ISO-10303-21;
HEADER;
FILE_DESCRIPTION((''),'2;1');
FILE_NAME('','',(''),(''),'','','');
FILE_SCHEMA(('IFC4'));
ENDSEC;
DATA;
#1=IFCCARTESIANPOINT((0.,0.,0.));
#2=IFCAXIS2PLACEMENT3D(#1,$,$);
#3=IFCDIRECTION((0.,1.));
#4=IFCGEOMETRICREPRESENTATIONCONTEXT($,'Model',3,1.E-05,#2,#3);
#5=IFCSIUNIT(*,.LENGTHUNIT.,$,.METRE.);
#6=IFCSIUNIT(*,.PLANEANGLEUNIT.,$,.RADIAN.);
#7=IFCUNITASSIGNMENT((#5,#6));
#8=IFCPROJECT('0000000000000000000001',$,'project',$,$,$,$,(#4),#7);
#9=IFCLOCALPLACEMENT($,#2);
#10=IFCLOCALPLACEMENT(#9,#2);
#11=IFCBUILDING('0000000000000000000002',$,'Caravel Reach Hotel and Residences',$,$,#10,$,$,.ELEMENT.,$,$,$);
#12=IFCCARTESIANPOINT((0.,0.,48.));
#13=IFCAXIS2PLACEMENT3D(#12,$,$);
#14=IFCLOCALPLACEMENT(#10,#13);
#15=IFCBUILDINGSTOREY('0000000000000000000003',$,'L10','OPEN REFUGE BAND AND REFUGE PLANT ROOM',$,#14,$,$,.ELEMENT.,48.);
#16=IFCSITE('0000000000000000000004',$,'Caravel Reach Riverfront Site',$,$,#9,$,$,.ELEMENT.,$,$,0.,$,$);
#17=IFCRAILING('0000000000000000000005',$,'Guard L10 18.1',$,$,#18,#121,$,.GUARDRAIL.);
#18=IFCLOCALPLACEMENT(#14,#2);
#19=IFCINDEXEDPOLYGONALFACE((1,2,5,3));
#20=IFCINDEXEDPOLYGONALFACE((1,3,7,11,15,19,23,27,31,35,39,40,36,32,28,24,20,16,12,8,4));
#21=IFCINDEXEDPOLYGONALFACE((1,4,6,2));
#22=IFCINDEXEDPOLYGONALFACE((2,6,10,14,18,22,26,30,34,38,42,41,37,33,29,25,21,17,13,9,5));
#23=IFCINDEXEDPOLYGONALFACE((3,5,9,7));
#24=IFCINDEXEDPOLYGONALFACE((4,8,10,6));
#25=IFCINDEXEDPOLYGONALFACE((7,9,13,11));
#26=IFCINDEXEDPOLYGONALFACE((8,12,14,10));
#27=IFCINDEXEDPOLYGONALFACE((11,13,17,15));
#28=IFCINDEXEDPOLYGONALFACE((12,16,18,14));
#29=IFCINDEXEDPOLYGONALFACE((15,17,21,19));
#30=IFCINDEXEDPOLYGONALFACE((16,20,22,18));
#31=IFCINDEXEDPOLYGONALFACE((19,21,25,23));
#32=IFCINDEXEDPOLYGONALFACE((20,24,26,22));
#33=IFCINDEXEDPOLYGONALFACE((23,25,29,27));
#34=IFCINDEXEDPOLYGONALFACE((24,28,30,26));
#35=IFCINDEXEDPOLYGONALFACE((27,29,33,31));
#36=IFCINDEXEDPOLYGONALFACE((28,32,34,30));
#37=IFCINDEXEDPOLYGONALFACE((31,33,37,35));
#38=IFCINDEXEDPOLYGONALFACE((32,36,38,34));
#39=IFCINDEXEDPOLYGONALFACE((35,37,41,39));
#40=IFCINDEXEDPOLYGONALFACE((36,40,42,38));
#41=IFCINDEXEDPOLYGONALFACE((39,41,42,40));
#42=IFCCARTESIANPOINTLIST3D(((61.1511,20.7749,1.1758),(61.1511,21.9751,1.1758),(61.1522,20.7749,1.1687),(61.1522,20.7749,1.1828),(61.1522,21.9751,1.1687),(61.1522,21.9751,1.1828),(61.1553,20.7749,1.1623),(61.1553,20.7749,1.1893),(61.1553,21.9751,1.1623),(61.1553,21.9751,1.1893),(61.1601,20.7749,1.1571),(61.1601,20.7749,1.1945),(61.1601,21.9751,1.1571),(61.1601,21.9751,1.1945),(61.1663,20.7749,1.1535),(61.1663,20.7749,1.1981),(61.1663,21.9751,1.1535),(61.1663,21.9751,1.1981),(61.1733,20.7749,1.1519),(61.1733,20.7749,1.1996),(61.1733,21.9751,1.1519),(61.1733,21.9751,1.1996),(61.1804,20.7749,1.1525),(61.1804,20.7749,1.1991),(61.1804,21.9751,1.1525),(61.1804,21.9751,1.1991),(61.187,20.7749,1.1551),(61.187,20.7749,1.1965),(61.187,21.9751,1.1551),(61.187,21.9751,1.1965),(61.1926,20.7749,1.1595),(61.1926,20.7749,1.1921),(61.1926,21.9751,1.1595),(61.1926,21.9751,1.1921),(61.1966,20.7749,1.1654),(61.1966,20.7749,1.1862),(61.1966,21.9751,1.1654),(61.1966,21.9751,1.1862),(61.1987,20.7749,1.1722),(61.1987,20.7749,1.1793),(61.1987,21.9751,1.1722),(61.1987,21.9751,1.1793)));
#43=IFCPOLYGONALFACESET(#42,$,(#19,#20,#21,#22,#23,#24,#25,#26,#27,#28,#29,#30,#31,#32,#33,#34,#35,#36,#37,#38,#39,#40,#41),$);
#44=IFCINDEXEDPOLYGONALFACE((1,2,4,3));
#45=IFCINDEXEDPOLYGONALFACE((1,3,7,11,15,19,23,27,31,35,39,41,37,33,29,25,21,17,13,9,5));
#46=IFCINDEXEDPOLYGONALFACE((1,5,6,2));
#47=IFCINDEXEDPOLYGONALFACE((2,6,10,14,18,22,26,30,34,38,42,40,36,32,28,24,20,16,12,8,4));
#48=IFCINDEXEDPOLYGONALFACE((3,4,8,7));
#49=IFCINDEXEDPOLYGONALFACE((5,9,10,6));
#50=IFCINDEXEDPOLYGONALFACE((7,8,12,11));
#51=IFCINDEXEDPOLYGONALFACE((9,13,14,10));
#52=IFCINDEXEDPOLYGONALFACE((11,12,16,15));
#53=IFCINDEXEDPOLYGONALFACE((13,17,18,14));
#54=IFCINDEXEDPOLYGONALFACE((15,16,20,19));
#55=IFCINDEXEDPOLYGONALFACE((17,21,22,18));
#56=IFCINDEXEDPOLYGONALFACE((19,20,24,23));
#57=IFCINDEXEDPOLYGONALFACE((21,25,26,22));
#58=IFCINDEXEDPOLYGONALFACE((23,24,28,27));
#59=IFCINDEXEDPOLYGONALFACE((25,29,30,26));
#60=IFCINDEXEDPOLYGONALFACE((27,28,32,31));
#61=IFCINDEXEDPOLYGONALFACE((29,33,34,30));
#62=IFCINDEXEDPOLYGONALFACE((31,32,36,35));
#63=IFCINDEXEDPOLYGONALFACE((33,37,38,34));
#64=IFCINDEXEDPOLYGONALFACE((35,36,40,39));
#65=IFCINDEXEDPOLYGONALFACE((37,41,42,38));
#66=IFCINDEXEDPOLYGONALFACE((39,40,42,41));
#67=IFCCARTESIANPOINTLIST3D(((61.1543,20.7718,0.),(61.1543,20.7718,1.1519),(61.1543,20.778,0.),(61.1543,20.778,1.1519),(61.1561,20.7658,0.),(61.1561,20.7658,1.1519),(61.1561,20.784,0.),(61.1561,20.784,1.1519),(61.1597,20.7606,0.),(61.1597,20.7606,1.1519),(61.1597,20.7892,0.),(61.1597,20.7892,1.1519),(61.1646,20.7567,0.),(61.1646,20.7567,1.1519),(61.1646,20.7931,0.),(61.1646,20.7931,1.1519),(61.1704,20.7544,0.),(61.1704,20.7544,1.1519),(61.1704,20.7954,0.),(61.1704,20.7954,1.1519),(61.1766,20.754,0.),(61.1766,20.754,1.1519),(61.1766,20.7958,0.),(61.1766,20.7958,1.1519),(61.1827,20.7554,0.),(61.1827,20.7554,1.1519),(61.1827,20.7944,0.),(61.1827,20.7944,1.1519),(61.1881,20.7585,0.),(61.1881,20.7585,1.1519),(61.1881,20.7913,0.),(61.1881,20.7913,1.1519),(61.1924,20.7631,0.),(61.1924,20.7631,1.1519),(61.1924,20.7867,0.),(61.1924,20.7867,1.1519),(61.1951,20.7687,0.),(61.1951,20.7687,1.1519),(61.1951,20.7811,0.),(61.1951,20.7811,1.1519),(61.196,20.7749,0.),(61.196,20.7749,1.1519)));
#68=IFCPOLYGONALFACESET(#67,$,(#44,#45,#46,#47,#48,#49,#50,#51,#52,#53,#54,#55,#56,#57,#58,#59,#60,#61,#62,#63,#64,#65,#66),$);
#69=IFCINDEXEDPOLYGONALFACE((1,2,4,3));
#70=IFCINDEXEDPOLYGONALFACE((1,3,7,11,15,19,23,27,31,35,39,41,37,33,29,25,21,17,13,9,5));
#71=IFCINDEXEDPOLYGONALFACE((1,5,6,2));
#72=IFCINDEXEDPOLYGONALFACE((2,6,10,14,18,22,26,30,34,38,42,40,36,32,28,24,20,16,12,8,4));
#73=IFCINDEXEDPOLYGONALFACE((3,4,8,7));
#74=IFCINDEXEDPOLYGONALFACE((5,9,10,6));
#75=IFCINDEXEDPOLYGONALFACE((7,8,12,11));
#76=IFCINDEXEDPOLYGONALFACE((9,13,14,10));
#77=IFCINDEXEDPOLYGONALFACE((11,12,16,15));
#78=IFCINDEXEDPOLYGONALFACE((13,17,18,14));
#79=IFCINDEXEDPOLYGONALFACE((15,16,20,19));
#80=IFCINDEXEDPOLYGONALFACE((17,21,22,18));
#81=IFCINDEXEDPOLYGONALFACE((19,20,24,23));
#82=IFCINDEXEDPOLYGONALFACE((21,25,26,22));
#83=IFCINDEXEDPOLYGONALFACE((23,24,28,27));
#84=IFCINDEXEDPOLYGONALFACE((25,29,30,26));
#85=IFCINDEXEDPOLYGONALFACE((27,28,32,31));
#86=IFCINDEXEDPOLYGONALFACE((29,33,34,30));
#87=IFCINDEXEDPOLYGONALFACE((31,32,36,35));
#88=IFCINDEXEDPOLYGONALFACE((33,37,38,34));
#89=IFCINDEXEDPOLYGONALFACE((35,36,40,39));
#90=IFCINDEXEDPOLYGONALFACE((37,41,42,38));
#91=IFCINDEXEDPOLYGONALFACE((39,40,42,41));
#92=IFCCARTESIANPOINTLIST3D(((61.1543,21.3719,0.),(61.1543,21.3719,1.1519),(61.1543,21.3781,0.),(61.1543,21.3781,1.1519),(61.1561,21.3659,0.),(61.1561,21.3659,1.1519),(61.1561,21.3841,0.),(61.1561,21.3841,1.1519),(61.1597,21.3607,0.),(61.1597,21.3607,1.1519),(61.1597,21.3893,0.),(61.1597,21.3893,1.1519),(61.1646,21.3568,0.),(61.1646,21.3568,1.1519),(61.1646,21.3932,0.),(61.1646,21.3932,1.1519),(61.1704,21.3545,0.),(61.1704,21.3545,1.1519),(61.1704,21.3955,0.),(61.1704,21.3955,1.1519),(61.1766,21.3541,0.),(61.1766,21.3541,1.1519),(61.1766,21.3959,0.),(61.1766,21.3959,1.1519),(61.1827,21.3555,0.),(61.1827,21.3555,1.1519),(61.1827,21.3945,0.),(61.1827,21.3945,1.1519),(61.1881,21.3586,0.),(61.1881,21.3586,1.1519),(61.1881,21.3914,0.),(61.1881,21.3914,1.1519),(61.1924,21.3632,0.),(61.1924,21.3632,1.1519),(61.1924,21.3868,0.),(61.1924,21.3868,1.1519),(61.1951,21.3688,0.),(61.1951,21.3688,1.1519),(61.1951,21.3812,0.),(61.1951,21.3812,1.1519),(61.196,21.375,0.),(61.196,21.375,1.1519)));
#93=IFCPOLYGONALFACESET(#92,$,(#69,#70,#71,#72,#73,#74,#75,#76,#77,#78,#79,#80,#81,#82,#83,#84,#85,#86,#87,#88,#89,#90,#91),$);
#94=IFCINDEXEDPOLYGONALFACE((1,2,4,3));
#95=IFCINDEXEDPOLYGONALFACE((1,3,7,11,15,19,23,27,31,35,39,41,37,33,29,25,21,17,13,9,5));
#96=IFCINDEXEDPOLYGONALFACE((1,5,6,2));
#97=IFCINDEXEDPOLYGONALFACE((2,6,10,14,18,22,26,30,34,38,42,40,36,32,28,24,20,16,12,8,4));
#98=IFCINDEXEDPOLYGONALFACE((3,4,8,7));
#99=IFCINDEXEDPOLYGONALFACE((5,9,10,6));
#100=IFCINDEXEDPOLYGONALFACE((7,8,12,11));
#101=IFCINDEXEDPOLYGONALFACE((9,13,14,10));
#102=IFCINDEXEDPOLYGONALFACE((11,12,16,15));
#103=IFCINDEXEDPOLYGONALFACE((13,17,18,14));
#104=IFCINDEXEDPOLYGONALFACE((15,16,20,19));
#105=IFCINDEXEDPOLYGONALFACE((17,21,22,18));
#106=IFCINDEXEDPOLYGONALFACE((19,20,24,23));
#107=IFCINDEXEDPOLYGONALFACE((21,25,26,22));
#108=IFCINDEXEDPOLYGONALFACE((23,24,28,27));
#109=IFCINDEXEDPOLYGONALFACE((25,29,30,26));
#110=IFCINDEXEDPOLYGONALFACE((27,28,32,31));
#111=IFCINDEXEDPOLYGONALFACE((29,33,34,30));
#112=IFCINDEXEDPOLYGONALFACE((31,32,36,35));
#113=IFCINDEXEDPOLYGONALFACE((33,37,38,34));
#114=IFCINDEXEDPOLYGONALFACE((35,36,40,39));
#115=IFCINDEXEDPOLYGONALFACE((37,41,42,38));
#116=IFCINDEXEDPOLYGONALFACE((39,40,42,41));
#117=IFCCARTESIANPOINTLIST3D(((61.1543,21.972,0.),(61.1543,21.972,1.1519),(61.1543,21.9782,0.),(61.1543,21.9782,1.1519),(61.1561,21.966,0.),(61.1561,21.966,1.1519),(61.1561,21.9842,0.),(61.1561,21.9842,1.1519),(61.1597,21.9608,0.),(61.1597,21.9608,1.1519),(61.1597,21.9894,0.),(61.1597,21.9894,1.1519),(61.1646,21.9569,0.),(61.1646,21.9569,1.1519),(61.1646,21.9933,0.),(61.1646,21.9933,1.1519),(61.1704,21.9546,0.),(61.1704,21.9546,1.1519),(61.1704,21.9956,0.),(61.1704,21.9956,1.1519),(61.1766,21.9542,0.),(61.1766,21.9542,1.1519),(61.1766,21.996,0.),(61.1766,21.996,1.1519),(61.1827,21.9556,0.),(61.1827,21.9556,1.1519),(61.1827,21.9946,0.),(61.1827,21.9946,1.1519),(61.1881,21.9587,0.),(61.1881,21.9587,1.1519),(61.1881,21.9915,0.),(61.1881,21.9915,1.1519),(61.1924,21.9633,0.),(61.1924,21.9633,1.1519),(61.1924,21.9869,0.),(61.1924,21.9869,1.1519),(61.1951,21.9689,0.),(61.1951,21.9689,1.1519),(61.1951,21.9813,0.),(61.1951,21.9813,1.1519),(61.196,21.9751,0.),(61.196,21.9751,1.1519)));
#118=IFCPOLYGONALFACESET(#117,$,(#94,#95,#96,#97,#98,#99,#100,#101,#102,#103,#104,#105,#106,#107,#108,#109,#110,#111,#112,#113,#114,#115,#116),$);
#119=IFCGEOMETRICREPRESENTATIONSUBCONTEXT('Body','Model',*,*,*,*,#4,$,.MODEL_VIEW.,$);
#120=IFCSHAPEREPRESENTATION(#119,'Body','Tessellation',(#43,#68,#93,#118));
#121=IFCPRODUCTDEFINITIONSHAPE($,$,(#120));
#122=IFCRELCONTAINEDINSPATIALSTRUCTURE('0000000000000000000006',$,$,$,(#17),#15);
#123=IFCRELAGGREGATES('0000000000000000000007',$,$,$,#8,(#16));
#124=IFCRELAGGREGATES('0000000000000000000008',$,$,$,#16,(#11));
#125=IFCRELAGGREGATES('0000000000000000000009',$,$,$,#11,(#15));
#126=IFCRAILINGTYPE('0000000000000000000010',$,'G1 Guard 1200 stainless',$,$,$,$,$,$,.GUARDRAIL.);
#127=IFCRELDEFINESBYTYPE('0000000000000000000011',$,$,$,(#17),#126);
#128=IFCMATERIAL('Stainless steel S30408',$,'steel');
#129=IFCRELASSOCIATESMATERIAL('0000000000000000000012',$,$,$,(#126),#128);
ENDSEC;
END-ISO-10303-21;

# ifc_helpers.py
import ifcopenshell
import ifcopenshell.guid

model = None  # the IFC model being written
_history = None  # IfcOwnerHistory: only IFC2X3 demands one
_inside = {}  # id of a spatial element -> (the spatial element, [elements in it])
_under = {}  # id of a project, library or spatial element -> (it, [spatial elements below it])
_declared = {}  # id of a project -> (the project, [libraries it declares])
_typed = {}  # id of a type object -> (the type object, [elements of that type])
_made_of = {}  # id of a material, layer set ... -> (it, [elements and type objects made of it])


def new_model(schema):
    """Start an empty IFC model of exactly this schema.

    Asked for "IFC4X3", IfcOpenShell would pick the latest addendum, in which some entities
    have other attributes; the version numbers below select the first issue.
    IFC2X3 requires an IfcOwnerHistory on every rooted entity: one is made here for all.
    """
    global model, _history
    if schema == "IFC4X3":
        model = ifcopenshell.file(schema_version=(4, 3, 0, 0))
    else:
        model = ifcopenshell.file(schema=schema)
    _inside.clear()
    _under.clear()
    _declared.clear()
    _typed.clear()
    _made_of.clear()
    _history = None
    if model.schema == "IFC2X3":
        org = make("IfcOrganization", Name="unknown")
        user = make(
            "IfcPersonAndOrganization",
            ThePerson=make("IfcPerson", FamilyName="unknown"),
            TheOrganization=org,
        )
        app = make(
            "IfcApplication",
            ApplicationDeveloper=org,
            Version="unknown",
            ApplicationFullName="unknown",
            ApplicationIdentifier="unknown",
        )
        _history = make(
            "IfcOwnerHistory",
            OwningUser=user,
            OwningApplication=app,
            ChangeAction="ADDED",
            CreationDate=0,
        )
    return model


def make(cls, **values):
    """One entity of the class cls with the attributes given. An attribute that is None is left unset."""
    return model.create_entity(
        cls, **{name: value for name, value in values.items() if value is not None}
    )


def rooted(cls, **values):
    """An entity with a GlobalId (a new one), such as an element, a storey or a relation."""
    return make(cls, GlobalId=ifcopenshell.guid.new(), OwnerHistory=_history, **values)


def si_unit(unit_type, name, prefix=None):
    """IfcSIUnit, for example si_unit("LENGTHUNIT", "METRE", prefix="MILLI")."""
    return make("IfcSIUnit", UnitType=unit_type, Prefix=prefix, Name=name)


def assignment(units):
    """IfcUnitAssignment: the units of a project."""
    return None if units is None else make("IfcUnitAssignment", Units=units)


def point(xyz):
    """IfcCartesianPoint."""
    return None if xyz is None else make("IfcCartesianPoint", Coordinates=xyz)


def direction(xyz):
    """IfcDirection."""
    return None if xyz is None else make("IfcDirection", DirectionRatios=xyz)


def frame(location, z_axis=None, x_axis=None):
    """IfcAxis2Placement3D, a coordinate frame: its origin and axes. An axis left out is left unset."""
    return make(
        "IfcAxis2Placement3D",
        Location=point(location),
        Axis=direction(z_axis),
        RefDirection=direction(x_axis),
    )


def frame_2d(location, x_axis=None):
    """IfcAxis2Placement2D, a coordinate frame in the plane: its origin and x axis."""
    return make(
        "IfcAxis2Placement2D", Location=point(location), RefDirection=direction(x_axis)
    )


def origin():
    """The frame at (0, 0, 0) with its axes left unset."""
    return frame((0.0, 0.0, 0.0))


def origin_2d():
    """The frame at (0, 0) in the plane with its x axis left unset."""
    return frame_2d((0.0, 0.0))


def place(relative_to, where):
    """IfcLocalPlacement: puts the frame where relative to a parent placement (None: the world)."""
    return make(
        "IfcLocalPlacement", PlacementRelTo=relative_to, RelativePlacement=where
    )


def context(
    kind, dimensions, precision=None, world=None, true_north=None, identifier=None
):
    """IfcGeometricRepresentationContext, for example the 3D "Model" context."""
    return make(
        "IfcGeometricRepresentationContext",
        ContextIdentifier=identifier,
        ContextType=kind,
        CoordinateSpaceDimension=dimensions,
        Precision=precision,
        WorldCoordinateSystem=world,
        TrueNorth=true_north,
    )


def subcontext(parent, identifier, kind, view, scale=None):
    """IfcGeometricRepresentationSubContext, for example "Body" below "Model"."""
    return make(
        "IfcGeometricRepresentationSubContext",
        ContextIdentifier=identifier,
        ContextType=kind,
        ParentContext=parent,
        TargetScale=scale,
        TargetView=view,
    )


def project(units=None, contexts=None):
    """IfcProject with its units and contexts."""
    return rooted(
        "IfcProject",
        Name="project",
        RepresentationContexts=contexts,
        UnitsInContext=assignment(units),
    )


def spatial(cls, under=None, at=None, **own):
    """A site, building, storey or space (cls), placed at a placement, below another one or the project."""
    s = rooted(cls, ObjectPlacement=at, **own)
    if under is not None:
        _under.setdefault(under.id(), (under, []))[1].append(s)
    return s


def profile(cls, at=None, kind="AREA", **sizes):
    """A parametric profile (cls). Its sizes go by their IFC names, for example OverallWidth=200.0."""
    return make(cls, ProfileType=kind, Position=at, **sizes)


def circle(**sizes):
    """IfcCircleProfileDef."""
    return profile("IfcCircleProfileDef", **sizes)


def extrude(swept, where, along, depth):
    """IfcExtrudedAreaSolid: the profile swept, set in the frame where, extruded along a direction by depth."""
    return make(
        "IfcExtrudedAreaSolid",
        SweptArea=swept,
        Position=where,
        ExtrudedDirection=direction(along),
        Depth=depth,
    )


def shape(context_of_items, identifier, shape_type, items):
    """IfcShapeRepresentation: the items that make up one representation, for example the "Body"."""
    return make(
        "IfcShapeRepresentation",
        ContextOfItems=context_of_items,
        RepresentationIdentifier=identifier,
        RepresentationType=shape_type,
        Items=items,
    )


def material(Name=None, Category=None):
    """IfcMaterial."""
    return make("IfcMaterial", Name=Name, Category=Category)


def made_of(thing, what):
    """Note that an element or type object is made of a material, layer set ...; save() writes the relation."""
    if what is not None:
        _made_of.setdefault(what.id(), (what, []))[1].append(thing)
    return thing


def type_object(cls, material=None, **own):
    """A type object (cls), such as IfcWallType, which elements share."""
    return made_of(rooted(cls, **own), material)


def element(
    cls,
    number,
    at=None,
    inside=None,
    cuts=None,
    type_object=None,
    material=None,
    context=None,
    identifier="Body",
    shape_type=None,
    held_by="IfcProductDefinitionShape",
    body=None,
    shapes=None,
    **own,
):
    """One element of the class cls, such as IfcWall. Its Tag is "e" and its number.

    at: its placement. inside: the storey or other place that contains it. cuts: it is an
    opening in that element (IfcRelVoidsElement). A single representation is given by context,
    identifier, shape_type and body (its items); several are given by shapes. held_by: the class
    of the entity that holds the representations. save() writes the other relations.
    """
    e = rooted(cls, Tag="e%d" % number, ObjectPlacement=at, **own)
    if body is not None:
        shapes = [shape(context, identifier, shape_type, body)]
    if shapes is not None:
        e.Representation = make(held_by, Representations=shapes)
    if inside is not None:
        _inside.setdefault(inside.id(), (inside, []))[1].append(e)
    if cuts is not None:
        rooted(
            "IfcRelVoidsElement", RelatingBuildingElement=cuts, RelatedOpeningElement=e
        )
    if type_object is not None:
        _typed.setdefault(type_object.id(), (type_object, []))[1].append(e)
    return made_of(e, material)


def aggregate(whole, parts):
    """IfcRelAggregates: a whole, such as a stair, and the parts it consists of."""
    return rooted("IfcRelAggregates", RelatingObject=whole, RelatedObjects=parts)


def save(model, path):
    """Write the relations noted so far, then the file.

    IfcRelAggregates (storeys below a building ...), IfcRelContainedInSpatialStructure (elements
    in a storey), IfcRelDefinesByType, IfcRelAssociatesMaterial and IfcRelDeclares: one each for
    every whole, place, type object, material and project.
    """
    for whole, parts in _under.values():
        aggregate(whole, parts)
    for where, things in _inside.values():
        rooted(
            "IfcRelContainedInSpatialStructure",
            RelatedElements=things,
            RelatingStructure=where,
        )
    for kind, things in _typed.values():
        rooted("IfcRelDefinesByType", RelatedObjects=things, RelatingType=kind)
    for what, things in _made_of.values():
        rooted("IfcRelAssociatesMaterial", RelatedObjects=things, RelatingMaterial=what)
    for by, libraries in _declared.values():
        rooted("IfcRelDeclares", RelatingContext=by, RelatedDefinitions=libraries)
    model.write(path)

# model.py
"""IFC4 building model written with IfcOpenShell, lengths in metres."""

from ifc_helpers import new_model, si_unit, direction, frame, origin, origin_2d, place, context, subcontext, project, spatial, circle, extrude, material, type_object, element, save


model = new_model("IFC4")

# Units and contexts
model_context = context("Model", 3, precision=1e-05, world=origin(), true_north=direction((0.0, 1.0)))
body_context = subcontext(model_context, "Body", "Model", "MODEL_VIEW")
ifc_project = project(units=[si_unit("LENGTHUNIT", "METRE"), si_unit("PLANEANGLEUNIT", "RADIAN")], contexts=[model_context])

# Site, building, storey
site_placement = place(None, origin())
site = spatial("IfcSite", under=ifc_project, at=site_placement, Name="Caravel Reach Riverfront Site", CompositionType="ELEMENT", RefElevation=0.0)
building_placement = place(site_placement, origin())
building = spatial("IfcBuilding", under=site, at=building_placement, Name="Caravel Reach Hotel and Residences", CompositionType="ELEMENT")
storey_placement = place(building_placement, frame((0.0, 0.0, 48.0)))
storey = spatial("IfcBuildingStorey", under=building, at=storey_placement, Name="L10", Description="OPEN REFUGE BAND AND REFUGE PLANT ROOM", CompositionType="ELEMENT", Elevation=48.0)

# Railing
ifc_material_1 = material(Name="Stainless steel S30408", Category="steel")
railing_type_1 = type_object("IfcRailingType", Name="G1 Guard 1200 stainless", PredefinedType="GUARDRAIL", material=ifc_material_1)
railing_1_placement = place(storey_placement, frame((61.175, 20.7749, 0.0)))
element("IfcRailing", 1, at=railing_1_placement, inside=storey, type_object=railing_type_1, Name="Guard L10 18.1", PredefinedType="GUARDRAIL", context=body_context, shape_type="SweptSolid", body=[
    extrude(circle(Radius=0.0239, at=origin_2d()), frame((0.0, 0.0, 1.1758), z_axis=(0.0, 1.0, 0.0), x_axis=(-1.0, 0.0, 0.0)), (0.0, 0.0, 1.0), 1.2002),
    extrude(circle(Radius=0.021, at=origin_2d()), origin(), (0.0, 0.0, 1.0), 1.1519),
    extrude(circle(Radius=0.021, at=origin_2d()), frame((0.0, 0.6001, 0.0)), (0.0, 0.0, 1.0), 1.1519),
    extrude(circle(Radius=0.021, at=origin_2d()), frame((0.0, 1.2002, 0.0)), (0.0, 0.0, 1.0), 1.1519),
])

save(model, "model.ifc")
